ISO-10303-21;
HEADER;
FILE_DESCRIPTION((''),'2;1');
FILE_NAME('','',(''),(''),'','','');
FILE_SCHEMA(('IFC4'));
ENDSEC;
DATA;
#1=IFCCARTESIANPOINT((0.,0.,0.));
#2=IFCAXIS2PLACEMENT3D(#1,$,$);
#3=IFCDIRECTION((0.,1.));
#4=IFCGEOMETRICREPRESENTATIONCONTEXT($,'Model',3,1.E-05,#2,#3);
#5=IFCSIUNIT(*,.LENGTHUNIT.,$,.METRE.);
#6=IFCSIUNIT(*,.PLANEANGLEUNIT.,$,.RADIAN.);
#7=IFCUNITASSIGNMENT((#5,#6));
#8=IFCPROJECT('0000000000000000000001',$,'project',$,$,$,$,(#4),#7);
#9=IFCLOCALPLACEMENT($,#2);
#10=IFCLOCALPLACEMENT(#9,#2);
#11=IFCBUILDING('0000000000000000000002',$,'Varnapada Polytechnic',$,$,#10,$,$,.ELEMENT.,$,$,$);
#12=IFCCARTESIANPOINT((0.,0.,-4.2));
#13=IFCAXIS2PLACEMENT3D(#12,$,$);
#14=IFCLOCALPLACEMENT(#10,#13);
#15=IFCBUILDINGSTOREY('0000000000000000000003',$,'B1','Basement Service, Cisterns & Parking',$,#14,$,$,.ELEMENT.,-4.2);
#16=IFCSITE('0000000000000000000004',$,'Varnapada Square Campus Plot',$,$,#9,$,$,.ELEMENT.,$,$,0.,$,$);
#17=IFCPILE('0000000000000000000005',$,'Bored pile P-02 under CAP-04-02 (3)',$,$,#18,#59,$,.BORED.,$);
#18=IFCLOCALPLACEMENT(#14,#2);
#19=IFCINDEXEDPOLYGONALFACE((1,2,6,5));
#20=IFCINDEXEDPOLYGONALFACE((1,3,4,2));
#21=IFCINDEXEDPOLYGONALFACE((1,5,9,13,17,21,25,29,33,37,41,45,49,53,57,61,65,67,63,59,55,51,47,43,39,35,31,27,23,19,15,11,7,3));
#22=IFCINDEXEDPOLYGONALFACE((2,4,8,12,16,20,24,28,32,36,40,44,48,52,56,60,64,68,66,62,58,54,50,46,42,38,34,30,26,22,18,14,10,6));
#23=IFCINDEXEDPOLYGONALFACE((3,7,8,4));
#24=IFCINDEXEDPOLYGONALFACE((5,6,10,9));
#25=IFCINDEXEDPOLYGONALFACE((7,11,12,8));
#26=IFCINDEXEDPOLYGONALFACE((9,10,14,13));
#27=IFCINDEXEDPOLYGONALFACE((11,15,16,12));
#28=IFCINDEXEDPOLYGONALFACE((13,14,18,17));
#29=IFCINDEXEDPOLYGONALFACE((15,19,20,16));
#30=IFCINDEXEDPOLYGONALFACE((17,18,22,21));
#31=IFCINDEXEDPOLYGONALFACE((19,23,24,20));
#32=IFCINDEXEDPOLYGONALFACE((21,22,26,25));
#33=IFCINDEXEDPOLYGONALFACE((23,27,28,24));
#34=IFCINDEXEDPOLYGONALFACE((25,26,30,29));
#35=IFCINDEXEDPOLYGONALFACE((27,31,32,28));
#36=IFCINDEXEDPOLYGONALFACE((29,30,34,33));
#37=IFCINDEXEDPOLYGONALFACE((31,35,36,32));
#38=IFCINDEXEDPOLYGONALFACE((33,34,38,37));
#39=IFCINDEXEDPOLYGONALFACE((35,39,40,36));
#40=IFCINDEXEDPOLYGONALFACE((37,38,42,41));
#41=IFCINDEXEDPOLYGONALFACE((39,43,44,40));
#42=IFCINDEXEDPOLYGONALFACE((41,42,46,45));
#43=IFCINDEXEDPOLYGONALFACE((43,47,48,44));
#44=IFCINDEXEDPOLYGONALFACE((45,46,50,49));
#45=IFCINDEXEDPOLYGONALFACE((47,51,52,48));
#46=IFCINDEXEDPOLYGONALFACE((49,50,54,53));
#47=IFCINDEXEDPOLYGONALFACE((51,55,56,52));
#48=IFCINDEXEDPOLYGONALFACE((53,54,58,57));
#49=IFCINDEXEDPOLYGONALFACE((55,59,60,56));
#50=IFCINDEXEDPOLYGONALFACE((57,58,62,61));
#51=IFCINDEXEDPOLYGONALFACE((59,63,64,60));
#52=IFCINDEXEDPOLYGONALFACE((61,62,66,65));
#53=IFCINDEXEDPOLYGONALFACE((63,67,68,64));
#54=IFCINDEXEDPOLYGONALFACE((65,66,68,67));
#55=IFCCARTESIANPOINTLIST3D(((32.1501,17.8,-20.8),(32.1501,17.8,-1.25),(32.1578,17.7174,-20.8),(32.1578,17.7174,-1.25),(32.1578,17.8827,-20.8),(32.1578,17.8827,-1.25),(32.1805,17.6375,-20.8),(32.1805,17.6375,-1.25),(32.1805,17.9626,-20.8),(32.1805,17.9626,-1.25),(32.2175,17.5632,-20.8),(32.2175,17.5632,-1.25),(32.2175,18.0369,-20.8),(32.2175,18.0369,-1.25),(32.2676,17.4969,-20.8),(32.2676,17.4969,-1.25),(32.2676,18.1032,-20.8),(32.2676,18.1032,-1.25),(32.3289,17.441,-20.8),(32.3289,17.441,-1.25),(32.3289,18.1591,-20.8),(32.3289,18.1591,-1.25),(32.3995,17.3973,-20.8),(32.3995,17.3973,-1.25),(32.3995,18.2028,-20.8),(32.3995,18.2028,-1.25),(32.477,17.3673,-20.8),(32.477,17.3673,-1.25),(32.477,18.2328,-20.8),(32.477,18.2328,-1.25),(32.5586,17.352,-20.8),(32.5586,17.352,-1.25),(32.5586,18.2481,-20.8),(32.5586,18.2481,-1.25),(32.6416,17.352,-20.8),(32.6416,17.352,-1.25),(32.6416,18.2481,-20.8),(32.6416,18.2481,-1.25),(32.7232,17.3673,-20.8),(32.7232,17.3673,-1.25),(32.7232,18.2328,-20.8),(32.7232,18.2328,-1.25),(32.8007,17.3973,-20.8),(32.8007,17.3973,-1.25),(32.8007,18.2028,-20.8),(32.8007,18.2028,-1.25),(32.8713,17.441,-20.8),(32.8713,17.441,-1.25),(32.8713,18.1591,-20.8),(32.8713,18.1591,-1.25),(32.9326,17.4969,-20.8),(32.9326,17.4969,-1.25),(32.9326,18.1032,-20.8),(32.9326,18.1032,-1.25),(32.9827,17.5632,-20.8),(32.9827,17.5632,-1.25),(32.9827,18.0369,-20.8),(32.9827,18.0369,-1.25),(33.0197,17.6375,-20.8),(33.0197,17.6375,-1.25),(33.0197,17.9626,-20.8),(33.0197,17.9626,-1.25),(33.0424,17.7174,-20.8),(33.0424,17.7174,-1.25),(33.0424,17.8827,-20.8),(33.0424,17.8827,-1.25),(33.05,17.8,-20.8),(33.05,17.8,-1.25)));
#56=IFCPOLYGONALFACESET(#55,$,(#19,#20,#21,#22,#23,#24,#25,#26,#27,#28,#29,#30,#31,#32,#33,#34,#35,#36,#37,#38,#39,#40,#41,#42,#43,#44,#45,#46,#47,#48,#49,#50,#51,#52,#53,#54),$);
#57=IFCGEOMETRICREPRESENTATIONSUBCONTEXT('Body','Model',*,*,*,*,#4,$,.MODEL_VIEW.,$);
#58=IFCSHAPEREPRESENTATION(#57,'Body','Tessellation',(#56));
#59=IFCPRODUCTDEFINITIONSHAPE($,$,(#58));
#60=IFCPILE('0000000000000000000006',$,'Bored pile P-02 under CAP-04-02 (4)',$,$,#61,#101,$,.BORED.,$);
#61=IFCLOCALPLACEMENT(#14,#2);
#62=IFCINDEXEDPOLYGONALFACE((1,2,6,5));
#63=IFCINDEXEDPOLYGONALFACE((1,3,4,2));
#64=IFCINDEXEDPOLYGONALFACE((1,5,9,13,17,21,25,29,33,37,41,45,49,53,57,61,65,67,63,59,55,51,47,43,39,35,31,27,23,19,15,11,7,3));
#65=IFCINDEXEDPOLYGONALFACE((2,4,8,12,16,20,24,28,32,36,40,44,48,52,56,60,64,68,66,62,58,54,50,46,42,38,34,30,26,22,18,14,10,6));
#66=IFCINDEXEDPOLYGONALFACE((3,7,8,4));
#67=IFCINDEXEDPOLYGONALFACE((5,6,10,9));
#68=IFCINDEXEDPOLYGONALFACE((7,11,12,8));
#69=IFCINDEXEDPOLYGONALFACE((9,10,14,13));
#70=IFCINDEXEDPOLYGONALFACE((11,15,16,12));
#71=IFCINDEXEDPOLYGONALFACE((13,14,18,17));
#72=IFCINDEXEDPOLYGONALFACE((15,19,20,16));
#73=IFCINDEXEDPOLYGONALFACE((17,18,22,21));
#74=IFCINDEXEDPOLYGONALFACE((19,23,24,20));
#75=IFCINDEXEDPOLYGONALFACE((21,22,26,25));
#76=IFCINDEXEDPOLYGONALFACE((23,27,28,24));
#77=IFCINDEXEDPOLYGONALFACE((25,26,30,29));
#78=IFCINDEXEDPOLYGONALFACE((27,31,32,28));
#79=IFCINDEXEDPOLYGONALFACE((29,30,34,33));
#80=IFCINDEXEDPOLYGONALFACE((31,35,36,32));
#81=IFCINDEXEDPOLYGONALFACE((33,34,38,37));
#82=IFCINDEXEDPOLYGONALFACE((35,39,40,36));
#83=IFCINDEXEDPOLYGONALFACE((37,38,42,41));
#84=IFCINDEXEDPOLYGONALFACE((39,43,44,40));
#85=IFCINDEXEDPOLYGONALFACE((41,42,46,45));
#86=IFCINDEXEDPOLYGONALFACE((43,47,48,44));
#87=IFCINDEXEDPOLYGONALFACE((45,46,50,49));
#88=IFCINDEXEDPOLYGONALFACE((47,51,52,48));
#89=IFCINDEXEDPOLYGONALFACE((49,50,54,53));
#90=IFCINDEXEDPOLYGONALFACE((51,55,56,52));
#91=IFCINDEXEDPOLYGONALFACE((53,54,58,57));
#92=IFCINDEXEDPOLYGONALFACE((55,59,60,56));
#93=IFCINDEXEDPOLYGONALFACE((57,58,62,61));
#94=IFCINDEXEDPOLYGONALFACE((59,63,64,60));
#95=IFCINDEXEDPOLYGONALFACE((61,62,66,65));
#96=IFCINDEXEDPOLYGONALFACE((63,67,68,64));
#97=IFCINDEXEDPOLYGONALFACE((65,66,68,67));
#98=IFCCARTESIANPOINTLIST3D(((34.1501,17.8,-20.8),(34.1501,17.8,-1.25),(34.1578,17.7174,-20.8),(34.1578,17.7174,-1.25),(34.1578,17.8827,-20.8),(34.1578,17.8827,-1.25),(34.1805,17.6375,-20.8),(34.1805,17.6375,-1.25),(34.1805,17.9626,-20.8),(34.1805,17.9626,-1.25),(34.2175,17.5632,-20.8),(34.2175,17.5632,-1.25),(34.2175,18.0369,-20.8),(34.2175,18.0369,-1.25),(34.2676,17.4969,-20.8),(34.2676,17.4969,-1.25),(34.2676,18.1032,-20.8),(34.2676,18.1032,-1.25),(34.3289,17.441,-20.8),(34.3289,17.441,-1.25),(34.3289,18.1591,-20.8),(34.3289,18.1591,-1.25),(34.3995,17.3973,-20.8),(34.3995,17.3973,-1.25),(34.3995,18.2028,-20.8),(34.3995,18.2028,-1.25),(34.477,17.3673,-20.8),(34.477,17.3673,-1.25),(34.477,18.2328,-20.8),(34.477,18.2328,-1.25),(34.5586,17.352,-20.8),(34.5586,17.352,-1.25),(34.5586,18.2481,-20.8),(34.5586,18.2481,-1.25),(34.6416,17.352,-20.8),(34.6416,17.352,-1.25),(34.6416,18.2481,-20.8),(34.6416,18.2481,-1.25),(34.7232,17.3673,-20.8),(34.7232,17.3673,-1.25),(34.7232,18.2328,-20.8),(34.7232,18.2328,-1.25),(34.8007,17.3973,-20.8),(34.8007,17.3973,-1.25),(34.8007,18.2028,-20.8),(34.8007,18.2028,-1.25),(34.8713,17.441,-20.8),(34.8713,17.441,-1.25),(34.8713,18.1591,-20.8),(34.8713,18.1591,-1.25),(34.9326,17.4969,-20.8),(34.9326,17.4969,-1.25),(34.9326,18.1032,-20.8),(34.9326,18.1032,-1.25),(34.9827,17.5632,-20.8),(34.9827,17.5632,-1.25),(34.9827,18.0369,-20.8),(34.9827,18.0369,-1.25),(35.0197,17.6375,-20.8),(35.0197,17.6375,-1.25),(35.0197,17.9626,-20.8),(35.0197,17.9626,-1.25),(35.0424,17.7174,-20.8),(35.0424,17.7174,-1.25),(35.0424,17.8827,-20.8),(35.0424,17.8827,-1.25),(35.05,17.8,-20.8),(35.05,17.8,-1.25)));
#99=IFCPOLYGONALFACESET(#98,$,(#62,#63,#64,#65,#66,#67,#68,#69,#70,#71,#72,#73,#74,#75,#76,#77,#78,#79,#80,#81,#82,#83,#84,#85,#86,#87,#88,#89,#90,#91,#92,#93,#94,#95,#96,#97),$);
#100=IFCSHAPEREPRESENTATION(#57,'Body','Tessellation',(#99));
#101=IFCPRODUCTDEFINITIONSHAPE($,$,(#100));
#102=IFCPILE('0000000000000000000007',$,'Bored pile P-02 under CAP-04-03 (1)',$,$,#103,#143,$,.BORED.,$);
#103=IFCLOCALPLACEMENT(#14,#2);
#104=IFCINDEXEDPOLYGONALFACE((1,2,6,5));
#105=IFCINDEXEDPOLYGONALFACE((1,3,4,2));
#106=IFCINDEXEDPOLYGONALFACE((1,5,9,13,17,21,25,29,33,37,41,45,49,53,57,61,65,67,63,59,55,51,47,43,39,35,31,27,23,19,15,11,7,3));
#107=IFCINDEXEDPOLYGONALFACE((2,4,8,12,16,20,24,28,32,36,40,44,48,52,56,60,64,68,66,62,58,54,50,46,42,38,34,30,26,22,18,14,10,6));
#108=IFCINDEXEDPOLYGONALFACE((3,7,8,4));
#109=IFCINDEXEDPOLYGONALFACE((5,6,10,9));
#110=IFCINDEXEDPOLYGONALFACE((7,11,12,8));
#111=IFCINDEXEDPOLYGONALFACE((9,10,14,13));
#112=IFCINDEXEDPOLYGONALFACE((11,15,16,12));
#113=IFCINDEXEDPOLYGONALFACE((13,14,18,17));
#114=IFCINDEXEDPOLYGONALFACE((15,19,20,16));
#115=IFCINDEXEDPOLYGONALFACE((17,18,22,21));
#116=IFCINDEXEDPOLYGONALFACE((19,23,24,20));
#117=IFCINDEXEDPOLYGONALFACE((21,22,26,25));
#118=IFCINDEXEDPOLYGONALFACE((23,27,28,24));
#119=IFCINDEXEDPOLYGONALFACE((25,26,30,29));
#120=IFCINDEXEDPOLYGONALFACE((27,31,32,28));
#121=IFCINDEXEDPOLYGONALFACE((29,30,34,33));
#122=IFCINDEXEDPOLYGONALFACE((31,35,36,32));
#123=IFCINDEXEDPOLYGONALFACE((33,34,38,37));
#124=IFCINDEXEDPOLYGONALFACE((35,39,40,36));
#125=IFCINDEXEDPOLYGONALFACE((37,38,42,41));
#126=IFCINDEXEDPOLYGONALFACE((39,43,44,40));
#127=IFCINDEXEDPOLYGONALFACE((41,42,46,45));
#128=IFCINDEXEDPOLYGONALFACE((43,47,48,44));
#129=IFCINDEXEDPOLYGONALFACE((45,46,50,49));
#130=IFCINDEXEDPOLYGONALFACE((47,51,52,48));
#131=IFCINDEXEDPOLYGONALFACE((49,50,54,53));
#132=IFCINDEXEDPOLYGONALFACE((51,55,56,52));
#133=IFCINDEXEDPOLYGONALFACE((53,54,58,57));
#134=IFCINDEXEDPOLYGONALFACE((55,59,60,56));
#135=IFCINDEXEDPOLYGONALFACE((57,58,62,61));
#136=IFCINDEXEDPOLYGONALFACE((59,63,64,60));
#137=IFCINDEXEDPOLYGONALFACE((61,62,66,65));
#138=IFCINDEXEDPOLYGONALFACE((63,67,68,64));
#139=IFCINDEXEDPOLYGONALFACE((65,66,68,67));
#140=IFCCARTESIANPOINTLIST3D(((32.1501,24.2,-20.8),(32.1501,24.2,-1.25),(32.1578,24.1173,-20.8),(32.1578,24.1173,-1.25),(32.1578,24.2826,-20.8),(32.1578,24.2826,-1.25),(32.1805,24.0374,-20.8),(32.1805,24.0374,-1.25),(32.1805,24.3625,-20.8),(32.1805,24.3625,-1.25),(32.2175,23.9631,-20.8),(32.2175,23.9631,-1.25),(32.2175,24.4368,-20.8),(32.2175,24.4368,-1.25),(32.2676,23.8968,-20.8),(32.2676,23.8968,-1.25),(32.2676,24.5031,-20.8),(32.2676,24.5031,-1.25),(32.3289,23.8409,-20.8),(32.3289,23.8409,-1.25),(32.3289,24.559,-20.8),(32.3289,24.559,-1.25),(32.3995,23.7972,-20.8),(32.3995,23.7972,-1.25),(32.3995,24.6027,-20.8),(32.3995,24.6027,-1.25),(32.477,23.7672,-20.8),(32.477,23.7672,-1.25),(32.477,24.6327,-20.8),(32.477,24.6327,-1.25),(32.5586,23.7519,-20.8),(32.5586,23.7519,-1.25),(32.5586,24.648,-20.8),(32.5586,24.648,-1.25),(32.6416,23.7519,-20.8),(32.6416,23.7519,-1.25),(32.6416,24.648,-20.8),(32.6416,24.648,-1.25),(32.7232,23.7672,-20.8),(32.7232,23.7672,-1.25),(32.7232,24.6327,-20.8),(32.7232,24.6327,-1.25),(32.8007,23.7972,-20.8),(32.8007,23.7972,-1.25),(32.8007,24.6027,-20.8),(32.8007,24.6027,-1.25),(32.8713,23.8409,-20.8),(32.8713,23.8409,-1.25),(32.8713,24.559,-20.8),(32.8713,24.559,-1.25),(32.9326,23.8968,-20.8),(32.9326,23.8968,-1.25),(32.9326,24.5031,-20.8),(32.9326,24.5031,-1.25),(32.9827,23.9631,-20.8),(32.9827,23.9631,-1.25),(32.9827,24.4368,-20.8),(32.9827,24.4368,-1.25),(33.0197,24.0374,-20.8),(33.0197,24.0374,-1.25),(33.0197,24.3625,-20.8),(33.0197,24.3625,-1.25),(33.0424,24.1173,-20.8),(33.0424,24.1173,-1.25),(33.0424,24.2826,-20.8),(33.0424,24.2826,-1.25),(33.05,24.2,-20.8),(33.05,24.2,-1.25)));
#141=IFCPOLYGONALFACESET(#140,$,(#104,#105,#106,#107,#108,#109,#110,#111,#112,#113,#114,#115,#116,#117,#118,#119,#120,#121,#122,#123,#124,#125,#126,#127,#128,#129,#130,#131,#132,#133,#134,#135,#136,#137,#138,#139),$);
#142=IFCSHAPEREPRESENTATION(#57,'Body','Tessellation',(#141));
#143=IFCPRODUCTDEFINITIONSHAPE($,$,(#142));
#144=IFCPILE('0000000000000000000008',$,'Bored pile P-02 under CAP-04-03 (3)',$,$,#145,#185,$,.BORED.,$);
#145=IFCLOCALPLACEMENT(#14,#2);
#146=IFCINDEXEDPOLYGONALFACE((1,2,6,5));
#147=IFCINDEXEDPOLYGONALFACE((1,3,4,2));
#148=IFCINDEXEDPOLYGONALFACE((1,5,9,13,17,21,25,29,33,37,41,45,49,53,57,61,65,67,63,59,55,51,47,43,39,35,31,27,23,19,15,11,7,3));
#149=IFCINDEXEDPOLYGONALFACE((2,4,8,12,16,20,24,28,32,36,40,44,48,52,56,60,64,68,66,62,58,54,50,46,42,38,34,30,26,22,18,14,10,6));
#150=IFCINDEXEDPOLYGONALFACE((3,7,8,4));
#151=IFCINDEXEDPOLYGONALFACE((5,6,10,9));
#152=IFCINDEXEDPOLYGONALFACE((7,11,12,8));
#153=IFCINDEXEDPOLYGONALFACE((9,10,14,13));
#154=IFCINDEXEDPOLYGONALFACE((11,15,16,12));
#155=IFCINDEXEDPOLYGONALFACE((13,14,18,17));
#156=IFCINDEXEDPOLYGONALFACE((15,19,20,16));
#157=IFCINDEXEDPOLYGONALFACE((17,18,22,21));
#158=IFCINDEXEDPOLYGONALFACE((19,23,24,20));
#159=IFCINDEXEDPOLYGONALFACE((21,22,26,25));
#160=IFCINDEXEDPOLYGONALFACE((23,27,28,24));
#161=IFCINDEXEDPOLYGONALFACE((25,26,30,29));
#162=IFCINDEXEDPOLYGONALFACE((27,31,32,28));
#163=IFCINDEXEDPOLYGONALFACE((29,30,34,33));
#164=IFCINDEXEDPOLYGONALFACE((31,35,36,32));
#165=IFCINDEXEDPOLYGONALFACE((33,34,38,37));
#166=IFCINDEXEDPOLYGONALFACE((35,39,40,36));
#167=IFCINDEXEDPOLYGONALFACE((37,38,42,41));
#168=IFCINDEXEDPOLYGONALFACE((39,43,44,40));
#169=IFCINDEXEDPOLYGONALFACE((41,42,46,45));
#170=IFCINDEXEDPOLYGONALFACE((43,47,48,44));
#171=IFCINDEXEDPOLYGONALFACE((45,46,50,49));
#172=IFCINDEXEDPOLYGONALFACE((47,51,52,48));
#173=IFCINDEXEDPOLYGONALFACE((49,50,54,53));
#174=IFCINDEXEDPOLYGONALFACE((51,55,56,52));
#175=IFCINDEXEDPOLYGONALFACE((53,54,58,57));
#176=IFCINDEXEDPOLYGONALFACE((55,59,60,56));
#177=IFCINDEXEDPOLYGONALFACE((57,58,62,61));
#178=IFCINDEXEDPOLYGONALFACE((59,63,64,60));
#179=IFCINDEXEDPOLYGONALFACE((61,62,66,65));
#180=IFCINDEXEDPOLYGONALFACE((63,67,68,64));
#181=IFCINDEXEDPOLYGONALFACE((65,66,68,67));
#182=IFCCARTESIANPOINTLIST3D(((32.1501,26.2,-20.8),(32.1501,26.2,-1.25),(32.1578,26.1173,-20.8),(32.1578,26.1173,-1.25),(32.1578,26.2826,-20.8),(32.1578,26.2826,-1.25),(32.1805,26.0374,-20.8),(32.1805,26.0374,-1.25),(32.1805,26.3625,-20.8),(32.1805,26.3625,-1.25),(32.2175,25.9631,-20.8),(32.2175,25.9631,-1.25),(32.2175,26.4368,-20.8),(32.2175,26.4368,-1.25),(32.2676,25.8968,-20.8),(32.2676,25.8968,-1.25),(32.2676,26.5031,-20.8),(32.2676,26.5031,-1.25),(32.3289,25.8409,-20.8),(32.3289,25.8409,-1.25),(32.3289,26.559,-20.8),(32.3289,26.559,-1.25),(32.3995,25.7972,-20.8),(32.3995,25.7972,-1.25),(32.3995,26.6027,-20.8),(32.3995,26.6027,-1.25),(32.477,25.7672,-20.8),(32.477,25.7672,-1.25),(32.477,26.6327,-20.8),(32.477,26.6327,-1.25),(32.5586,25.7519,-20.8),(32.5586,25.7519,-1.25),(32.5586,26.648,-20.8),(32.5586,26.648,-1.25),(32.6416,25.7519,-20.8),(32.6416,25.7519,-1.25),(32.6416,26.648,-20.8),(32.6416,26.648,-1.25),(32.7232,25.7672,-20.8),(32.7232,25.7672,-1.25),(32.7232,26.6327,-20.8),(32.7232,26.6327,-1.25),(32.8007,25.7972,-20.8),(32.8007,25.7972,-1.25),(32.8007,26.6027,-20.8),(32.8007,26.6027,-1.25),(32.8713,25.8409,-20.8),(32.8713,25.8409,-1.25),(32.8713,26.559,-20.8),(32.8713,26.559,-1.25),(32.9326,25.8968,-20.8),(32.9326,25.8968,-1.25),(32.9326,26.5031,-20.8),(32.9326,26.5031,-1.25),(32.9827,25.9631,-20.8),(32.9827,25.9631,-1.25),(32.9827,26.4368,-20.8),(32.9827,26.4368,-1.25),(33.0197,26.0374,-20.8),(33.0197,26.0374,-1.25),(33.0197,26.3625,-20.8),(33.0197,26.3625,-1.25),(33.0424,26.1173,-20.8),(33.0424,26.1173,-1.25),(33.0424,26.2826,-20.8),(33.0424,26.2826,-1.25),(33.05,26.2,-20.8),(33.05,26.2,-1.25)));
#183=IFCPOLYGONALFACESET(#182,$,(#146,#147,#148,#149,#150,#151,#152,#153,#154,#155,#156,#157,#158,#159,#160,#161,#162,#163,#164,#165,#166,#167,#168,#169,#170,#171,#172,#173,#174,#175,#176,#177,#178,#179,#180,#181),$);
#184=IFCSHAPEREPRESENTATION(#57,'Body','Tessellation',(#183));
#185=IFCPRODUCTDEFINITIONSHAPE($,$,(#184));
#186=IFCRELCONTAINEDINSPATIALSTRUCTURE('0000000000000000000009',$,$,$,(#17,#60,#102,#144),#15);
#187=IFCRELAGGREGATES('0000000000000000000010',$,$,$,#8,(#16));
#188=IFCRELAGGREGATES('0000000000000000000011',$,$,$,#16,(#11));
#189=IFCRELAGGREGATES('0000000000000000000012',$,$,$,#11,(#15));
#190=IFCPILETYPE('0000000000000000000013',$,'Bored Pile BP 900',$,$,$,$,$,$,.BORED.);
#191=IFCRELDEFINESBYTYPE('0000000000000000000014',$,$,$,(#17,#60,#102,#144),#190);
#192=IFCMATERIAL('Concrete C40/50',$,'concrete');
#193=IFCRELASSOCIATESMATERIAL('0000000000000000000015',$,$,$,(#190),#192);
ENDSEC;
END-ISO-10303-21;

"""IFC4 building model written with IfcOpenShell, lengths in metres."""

from ifc_helpers import new_model, si_unit, direction, frame, origin, origin_2d, place, context, subcontext, project, spatial, circle, extrude, material, material_profile, profile_set, type_object, element, save


model = new_model("IFC4")

# Units and contexts
model_context = context("Model", 3, precision=1e-05, world=origin(), true_north=direction((0.0, 1.0)))
body_context = subcontext(model_context, "Body", "Model", "MODEL_VIEW")
ifc_project = project(units=[si_unit("LENGTHUNIT", "METRE"), si_unit("PLANEANGLEUNIT", "RADIAN")], contexts=[model_context])

# Site, building, storey
site_placement = place(None, origin())
site = spatial("IfcSite", under=ifc_project, at=site_placement, Name="Varnapada Square Campus Plot", CompositionType="ELEMENT", RefElevation=0.0)
building_placement = place(site_placement, origin())
building = spatial("IfcBuilding", under=site, at=building_placement, Name="Varnapada Polytechnic", CompositionType="ELEMENT")
storey_placement = place(building_placement, frame((0.0, 0.0, -4.2)))
storey = spatial("IfcBuildingStorey", under=building, at=storey_placement, Name="B1", Description="Basement Service, Cisterns & Parking", CompositionType="ELEMENT", Elevation=-4.2)

# Piles
ifc_material_1 = material(Name="Concrete C40/50", Category="concrete")
ifc_material_profile_1 = material_profile(ifc_material_1, circle(Radius=0.45, at=origin_2d()), Name="BP 900")
ifc_profile_set_1 = profile_set([ifc_material_profile_1], Name="Concrete C40/50")
pile_type_1 = type_object("IfcPileType", Name="Bored Pile BP 900", PredefinedType="BORED", material=ifc_profile_set_1)
for number, where, z_axis, x_axis, name in (
    (1, (32.6001, 17.8, -1.25), (0.0, 0.0, -1.0), (1.0, 0.0, 0.0), "Bored pile P-02 under CAP-04-02 (3)"),
    (2, (34.6001, 17.8, -1.25), (0.0, 0.0, -1.0), (1.0, 0.0, 0.0), "Bored pile P-02 under CAP-04-02 (4)"),
    (3, (32.6001, 24.2, -1.25), (0.0, 0.0, -1.0), (1.0, 0.0, 0.0), "Bored pile P-02 under CAP-04-03 (1)"),
    (4, (32.6001, 26.2, -1.25), (0.0, 0.0, -1.0), (1.0, 0.0, 0.0), "Bored pile P-02 under CAP-04-03 (3)"),
):
    element("IfcPile", number, at=place(storey_placement, frame(where, z_axis=z_axis, x_axis=x_axis)), inside=storey, type_object=pile_type_1, Name=name, PredefinedType="BORED", context=body_context, shape_type="SweptSolid", body=[
        extrude(circle(Radius=0.45, at=origin_2d()), origin(), (0.0, 0.0, 1.0), 19.55),
    ])

save(model, "model.ifc")
